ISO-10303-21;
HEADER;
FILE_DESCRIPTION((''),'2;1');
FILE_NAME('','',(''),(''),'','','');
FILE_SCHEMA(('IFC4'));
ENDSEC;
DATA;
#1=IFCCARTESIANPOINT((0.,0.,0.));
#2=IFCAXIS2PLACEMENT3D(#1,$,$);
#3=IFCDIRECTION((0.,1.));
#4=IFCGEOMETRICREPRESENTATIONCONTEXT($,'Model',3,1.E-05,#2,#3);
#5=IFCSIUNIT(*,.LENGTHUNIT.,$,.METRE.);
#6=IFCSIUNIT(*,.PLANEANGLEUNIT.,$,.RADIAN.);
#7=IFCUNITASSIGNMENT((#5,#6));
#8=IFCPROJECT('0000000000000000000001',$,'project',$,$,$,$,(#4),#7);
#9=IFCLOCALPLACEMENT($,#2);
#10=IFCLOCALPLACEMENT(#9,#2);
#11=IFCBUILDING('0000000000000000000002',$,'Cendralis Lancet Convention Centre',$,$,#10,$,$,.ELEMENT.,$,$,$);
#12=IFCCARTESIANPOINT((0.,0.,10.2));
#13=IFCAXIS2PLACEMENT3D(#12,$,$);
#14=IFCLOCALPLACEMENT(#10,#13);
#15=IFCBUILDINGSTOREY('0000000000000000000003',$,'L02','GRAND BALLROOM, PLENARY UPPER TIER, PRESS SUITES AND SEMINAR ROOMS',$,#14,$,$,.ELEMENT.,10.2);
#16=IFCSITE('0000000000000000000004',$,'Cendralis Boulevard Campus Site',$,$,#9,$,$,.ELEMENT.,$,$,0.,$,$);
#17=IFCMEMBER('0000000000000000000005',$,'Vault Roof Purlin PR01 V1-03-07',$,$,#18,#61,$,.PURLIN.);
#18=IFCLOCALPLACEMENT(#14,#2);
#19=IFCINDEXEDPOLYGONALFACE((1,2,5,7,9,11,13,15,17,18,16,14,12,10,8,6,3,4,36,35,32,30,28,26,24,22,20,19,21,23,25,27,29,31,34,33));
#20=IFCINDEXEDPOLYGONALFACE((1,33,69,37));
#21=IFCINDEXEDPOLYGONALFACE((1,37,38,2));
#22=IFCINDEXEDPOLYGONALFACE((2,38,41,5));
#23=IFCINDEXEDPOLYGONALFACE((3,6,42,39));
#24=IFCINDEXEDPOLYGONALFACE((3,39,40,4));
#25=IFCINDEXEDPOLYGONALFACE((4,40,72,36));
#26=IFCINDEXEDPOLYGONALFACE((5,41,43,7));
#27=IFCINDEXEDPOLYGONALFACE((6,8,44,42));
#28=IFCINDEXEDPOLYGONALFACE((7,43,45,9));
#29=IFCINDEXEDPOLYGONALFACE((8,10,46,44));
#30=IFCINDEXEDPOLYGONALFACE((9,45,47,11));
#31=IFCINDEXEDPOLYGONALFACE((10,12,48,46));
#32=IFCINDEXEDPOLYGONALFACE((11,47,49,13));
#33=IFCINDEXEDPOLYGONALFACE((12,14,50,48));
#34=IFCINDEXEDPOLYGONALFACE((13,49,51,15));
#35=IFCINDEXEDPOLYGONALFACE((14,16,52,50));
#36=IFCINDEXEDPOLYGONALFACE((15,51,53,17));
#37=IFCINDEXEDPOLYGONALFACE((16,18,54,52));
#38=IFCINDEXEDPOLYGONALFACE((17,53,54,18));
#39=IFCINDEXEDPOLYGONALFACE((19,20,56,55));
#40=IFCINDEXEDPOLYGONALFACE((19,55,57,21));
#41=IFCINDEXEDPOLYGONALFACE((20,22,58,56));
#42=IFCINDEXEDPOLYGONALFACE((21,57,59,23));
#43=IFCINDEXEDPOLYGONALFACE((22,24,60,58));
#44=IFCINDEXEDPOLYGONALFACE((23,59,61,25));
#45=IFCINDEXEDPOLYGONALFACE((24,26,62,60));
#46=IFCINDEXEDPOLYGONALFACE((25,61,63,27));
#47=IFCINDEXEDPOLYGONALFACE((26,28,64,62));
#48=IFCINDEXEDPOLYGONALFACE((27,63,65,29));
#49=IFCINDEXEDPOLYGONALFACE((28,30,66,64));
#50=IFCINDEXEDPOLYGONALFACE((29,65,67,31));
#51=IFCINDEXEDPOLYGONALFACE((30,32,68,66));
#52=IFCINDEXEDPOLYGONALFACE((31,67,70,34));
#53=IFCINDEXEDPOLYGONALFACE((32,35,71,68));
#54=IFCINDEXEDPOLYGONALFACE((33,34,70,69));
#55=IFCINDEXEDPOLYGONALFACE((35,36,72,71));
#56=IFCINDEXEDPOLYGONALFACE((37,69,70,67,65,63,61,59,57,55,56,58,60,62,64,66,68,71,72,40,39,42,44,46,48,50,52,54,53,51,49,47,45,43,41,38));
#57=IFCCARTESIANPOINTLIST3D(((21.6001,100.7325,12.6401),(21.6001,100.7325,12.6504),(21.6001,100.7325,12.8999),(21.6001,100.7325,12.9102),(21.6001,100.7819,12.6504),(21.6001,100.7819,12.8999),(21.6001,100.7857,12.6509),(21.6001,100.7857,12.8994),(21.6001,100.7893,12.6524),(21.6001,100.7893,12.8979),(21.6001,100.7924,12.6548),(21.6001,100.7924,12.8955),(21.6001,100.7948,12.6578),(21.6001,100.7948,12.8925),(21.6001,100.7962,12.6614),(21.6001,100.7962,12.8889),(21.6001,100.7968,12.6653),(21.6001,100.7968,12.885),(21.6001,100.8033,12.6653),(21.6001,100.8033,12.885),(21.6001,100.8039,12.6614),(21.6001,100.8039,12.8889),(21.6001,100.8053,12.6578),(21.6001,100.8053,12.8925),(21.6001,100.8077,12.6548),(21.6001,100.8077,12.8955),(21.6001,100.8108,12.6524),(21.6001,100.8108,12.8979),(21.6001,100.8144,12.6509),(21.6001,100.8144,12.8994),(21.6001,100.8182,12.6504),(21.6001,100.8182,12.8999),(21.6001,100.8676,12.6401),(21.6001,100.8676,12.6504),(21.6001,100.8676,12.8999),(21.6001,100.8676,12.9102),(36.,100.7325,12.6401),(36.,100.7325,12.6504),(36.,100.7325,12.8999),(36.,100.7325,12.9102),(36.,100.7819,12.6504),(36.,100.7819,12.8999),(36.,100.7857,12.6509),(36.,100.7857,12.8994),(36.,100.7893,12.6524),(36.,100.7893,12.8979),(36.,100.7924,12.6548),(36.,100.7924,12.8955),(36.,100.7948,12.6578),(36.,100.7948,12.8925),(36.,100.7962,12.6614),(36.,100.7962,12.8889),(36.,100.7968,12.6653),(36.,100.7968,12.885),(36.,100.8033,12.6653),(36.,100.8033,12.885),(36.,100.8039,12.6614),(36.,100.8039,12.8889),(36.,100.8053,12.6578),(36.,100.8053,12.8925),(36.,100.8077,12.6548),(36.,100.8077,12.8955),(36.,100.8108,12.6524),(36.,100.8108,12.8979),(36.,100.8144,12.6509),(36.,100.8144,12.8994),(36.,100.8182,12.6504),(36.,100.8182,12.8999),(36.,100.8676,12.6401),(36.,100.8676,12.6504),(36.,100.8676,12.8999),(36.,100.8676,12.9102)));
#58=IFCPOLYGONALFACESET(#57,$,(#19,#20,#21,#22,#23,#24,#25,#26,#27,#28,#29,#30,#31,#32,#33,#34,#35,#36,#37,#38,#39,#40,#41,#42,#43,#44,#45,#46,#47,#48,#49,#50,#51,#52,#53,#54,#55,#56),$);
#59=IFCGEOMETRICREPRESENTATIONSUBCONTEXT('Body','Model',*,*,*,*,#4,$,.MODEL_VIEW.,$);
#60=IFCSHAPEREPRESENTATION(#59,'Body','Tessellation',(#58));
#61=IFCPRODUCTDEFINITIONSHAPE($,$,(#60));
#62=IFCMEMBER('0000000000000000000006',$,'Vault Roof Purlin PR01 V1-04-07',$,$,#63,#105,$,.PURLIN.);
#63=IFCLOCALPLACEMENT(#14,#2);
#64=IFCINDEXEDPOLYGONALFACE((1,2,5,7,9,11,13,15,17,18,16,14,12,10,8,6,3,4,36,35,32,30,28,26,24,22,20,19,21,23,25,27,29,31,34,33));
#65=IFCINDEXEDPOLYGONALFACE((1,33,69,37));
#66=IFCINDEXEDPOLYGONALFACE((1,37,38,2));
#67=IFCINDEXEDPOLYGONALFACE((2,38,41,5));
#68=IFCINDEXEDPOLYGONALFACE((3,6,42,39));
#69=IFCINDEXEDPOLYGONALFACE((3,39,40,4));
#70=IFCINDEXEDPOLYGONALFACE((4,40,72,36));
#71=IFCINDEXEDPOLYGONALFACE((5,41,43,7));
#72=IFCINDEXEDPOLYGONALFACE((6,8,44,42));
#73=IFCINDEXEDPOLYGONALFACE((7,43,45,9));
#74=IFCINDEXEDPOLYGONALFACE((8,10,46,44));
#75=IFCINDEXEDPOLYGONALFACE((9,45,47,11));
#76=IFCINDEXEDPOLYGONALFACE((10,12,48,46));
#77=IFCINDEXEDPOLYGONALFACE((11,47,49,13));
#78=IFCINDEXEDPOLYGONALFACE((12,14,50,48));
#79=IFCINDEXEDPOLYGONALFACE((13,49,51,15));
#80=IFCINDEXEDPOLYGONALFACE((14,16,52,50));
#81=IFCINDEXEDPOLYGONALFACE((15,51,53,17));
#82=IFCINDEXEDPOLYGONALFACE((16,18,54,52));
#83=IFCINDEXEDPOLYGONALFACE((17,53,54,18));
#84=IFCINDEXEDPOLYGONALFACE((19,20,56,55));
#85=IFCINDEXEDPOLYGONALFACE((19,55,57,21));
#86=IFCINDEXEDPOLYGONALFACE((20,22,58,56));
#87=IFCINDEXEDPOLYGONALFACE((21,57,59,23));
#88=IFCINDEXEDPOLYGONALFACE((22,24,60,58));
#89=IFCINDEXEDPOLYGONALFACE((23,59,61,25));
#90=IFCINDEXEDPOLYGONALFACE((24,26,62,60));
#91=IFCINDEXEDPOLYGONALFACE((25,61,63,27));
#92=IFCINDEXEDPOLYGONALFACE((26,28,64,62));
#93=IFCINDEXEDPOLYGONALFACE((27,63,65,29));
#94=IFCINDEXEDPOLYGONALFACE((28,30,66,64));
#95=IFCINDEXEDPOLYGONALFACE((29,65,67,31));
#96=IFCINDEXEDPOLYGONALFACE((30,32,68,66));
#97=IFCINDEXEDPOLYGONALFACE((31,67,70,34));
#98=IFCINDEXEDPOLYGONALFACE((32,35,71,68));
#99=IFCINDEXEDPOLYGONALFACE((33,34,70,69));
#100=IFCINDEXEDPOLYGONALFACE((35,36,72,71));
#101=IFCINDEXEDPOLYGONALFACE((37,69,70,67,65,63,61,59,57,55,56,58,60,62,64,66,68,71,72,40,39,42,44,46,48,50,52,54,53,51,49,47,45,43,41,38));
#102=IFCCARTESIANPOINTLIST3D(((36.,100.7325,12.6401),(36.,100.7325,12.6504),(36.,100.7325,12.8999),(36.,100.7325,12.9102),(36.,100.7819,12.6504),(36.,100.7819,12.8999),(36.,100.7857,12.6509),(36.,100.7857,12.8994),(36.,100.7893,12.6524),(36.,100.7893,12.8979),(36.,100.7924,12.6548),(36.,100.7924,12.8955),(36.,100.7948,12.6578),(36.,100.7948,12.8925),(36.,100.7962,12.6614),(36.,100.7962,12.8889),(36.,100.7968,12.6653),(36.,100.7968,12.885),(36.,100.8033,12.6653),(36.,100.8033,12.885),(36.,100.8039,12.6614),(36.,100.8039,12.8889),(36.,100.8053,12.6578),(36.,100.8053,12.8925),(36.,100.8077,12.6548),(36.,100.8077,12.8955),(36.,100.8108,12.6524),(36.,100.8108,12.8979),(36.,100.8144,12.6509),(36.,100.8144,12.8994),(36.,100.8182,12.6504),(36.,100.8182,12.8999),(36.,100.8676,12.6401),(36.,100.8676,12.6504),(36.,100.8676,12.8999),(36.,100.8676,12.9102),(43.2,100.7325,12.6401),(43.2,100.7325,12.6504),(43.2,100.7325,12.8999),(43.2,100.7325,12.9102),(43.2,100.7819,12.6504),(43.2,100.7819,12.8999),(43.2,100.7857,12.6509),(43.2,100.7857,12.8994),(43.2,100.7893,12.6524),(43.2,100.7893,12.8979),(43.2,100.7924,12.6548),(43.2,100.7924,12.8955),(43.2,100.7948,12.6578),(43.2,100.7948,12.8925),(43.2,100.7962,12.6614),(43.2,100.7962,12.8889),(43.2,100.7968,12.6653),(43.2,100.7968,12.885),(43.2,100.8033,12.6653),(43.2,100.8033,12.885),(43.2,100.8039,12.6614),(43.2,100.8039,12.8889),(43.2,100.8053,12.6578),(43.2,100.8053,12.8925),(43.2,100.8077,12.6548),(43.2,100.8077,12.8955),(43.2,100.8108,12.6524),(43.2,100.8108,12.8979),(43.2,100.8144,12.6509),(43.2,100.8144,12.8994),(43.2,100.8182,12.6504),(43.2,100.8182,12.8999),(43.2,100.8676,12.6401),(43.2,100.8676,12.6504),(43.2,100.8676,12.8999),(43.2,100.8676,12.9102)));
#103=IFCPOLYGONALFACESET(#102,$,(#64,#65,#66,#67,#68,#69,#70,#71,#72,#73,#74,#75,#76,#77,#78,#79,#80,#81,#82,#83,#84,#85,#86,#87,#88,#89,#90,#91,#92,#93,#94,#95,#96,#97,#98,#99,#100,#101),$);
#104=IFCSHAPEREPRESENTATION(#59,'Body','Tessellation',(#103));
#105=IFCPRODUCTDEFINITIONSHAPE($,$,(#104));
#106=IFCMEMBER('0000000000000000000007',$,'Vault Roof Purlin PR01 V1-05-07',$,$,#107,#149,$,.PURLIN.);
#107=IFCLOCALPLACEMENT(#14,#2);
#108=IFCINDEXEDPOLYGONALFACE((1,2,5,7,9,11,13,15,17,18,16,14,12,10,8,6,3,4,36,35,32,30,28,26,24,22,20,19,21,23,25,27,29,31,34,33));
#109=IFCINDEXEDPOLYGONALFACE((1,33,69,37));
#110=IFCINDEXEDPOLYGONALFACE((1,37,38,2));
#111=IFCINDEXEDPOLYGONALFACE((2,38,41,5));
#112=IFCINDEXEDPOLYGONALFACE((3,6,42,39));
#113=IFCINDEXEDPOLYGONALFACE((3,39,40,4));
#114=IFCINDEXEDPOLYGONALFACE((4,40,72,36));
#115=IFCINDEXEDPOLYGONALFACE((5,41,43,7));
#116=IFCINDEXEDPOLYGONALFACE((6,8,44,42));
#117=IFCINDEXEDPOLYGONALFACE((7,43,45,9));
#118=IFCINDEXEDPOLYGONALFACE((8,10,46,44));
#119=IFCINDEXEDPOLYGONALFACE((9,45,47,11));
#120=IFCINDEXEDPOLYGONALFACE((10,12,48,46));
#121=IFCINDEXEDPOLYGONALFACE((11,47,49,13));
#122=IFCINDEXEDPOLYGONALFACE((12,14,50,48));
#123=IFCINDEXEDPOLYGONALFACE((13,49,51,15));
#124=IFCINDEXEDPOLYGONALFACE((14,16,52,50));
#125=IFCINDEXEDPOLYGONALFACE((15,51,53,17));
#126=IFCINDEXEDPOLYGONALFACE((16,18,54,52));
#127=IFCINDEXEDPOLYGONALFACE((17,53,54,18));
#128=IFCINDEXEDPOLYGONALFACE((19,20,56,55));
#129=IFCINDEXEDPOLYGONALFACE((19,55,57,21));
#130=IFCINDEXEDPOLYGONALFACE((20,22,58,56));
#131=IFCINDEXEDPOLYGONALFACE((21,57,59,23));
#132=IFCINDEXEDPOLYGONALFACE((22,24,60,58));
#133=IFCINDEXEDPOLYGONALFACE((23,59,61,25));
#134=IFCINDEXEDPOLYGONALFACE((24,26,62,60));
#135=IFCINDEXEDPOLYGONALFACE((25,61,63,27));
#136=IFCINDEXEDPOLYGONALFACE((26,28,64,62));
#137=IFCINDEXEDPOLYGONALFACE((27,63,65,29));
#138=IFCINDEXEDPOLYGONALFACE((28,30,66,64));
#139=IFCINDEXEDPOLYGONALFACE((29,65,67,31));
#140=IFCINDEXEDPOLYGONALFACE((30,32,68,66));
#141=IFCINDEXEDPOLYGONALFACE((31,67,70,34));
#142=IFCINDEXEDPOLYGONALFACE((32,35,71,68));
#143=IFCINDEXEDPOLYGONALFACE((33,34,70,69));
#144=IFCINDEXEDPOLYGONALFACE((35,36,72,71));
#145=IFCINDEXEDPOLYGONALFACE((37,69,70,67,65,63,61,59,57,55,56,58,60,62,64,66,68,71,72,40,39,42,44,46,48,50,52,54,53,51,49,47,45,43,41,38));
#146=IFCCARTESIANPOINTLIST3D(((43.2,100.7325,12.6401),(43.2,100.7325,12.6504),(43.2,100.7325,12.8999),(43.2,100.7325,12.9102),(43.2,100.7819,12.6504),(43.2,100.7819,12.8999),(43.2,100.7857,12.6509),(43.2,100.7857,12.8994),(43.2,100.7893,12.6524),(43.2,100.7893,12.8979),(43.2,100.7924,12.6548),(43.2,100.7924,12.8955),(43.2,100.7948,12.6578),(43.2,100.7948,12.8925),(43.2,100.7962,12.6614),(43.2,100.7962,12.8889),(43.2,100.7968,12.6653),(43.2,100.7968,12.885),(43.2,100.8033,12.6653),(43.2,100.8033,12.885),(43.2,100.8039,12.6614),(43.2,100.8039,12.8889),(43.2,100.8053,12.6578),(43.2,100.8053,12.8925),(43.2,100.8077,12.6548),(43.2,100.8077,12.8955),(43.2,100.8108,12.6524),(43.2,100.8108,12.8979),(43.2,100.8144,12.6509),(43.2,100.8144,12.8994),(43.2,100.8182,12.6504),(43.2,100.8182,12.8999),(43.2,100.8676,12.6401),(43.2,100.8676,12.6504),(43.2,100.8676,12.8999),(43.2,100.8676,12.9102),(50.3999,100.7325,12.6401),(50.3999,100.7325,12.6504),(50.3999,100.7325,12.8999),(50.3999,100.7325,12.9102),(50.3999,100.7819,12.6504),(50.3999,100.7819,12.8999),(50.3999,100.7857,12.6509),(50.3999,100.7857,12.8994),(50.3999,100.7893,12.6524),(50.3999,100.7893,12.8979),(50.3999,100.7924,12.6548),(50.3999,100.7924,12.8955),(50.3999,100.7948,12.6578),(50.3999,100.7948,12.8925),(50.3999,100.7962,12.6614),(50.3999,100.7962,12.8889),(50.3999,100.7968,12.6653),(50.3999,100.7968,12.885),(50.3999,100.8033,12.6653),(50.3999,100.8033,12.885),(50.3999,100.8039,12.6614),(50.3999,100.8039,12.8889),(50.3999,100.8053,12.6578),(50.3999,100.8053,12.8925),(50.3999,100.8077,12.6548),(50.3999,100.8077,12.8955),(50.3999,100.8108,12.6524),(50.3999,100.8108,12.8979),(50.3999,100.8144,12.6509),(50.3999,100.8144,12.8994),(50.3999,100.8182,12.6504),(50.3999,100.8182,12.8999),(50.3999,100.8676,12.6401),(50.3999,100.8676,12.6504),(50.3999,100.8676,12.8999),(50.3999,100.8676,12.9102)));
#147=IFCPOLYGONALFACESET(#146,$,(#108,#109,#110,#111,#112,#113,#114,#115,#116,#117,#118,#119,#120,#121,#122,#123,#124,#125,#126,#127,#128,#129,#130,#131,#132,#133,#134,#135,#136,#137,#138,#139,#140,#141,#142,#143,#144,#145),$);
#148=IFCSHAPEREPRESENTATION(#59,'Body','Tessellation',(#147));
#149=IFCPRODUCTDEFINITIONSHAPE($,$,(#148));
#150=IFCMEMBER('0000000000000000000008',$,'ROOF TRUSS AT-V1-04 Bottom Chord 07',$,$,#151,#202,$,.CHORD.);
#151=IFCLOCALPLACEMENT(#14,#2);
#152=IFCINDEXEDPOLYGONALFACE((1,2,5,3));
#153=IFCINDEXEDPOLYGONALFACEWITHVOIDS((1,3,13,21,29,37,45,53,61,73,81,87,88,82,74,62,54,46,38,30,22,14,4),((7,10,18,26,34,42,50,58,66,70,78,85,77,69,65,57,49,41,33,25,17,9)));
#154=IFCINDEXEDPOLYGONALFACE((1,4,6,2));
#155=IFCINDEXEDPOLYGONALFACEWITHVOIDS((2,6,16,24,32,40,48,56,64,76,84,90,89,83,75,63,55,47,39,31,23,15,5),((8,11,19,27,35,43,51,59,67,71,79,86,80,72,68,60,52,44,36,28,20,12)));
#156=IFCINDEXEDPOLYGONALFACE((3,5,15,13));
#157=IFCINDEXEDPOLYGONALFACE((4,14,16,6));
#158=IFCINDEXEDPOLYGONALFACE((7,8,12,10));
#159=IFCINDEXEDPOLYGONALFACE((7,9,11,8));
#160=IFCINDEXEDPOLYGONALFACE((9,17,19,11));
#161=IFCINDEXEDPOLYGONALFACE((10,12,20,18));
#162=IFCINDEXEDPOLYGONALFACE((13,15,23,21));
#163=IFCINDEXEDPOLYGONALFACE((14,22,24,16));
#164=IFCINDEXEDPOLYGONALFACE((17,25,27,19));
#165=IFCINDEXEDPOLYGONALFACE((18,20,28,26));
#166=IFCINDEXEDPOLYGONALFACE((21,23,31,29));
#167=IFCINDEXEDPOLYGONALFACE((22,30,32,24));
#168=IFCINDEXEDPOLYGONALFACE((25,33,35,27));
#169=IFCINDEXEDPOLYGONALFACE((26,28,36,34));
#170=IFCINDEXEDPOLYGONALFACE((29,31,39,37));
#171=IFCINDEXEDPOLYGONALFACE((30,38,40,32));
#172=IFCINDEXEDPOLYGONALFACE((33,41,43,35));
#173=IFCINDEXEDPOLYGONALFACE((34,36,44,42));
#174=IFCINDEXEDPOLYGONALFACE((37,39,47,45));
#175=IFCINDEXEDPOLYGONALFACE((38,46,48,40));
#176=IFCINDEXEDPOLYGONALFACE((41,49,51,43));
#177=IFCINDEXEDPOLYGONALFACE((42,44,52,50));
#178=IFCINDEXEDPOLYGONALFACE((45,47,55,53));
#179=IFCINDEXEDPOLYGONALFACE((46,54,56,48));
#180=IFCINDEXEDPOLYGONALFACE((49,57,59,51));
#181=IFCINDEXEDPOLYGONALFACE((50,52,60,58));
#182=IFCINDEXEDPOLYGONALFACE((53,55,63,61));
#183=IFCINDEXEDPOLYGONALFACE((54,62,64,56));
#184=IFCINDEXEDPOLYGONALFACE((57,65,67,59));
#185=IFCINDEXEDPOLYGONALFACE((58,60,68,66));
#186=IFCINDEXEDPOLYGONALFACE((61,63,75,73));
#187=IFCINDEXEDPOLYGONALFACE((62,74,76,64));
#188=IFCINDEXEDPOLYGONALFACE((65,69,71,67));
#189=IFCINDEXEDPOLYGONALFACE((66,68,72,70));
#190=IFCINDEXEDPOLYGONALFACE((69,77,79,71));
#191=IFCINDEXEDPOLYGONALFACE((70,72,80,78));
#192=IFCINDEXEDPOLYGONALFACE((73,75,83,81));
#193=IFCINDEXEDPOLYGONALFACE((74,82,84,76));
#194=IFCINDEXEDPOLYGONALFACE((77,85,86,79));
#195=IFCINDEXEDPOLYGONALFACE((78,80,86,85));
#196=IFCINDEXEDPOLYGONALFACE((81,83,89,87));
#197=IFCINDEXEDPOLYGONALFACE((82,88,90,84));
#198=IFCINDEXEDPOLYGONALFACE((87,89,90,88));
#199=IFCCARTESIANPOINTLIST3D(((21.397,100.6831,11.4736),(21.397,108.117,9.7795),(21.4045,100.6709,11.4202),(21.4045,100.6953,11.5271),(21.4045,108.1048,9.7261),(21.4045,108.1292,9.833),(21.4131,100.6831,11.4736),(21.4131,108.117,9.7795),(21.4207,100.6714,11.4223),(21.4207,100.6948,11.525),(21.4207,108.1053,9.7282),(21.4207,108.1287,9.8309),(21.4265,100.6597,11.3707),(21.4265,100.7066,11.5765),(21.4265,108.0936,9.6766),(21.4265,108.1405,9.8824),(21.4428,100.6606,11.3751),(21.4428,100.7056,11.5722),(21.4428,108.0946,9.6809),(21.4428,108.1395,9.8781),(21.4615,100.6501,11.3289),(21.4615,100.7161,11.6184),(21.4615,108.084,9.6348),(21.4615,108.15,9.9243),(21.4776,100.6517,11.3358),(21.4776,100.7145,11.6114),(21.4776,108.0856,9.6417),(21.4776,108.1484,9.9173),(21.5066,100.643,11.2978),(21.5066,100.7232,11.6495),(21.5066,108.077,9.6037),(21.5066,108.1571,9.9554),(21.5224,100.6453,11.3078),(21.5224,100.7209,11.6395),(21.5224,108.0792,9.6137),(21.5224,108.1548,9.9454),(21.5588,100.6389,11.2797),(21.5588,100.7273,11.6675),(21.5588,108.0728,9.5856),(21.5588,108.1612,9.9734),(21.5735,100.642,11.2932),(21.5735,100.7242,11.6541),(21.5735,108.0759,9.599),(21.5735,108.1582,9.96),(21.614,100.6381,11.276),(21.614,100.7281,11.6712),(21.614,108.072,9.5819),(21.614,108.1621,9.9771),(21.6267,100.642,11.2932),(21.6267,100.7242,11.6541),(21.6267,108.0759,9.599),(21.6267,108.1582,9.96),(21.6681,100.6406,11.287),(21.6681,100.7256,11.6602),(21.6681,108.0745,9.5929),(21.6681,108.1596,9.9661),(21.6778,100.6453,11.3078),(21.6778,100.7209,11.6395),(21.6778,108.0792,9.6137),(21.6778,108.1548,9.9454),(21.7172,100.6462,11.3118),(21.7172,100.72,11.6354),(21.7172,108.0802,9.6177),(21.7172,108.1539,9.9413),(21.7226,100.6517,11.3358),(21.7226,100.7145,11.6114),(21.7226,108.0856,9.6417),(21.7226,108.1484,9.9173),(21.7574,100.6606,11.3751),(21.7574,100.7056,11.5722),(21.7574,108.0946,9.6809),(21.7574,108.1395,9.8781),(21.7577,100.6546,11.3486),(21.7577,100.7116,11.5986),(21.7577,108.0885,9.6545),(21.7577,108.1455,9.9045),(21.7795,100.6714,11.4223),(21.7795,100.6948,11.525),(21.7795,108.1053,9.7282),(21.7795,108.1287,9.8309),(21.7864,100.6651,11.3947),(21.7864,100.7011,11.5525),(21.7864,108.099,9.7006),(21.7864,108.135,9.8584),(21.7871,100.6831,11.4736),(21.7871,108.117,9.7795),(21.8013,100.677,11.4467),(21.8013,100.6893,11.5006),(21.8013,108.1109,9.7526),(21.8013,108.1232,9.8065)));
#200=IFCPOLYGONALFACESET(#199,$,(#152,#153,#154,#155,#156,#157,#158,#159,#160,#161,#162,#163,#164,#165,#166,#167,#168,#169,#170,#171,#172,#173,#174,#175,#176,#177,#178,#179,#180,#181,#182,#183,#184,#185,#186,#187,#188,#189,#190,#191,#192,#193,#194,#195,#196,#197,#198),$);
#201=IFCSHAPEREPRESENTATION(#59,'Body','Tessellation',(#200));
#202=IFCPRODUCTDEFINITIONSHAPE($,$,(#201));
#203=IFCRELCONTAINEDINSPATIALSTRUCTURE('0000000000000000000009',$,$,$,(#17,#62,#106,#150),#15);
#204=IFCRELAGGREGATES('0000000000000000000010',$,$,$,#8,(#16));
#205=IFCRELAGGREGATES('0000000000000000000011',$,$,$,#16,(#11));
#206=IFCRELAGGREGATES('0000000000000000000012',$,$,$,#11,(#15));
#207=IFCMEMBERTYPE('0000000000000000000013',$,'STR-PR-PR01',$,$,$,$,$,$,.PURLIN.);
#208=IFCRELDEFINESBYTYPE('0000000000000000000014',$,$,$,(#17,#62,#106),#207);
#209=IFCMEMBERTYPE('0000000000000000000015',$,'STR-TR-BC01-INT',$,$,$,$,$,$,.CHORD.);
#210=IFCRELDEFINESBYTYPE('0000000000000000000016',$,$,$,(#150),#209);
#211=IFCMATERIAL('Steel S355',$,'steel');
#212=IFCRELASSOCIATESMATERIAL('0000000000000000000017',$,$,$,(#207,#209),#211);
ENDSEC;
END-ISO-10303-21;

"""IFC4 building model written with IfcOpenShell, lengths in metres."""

from ifc_helpers import new_model, si_unit, direction, frame, origin, origin_2d, place, context, subcontext, project, spatial, hollow_circle, i_section, extrude, material, material_profile, profile_set, type_object, element, save


model = new_model("IFC4")

# Units and contexts
model_context = context("Model", 3, precision=1e-05, world=origin(), true_north=direction((0.0, 1.0)))
body_context = subcontext(model_context, "Body", "Model", "MODEL_VIEW")
ifc_project = project(units=[si_unit("LENGTHUNIT", "METRE"), si_unit("PLANEANGLEUNIT", "RADIAN")], contexts=[model_context])

# Site, building, storey
site_placement = place(None, origin())
site = spatial("IfcSite", under=ifc_project, at=site_placement, Name="Cendralis Boulevard Campus Site", CompositionType="ELEMENT", RefElevation=0.0)
building_placement = place(site_placement, origin())
building = spatial("IfcBuilding", under=site, at=building_placement, Name="Cendralis Lancet Convention Centre", CompositionType="ELEMENT")
storey_placement = place(building_placement, frame((0.0, 0.0, 10.2)))
storey = spatial("IfcBuildingStorey", under=building, at=storey_placement, Name="L02", Description="GRAND BALLROOM, PLENARY UPPER TIER, PRESS SUITES AND SEMINAR ROOMS", CompositionType="ELEMENT", Elevation=10.2)

# Members
ifc_material = material(Name="Steel S355", Category="steel")
ifc_material_profile_1 = material_profile(ifc_material, i_section(OverallWidth=0.135, OverallDepth=0.27, WebThickness=0.0066, FlangeThickness=0.0103, FilletRadius=0.0149, at=origin_2d()), Name="IPE 270")
ifc_profile_set_1 = profile_set([ifc_material_profile_1], Name="Steel S355")
member_type_1 = type_object("IfcMemberType", Name="STR-PR-PR01", PredefinedType="PURLIN", material=ifc_profile_set_1)
member_1_placement = place(storey_placement, frame((21.6001, 100.8, 12.7751), z_axis=(1.0, 0.0, 0.0), x_axis=(0.0, 1.0, 0.0)))
element("IfcMember", 1, at=member_1_placement, inside=storey, type_object=member_type_1, Name="Vault Roof Purlin PR01 V1-03-07", PredefinedType="PURLIN", context=body_context, shape_type="SweptSolid", body=[
    extrude(i_section(OverallWidth=0.135, OverallDepth=0.27, WebThickness=0.0066, FlangeThickness=0.0103, FilletRadius=0.0149, at=origin_2d()), origin(), (0.0, 0.0, 1.0), 14.3999),
])
for number, where, z_axis, x_axis, name in (
    (2, (36.0, 100.8, 12.7751), (1.0, 0.0, 0.0), (0.0, 1.0, 0.0), "Vault Roof Purlin PR01 V1-04-07"),
    (3, (43.2, 100.8, 12.7751), (1.0, 0.0, 0.0), (0.0, 1.0, 0.0), "Vault Roof Purlin PR01 V1-05-07"),
):
    element("IfcMember", number, at=place(storey_placement, frame(where, z_axis=z_axis, x_axis=x_axis)), inside=storey, type_object=member_type_1, Name=name, PredefinedType="PURLIN", context=body_context, shape_type="SweptSolid", body=[
        extrude(i_section(OverallWidth=0.135, OverallDepth=0.27, WebThickness=0.0066, FlangeThickness=0.0103, FilletRadius=0.0149, at=origin_2d()), origin(), (0.0, 0.0, 1.0), 7.2),
    ])
ifc_material_profile_2 = material_profile(ifc_material, hollow_circle(Radius=0.2031, WallThickness=0.0161, at=origin_2d()), Name="CHS 406.4x16.0")
ifc_profile_set_2 = profile_set([ifc_material_profile_2], Name="Steel S355")
member_type_2 = type_object("IfcMemberType", Name="STR-TR-BC01-INT", PredefinedType="CHORD", material=ifc_profile_set_2)
member_2_placement = place(storey_placement, frame((21.6001, 100.6831, 11.4736), z_axis=(0.0, 0.975003, -0.222193), x_axis=(-1.0, 0.0, 0.0)))
element("IfcMember", 4, at=member_2_placement, inside=storey, type_object=member_type_2, Name="ROOF TRUSS AT-V1-04 Bottom Chord 07", PredefinedType="CHORD", context=body_context, shape_type="SweptSolid", body=[
    extrude(hollow_circle(Radius=0.2031, WallThickness=0.0161, at=origin_2d()), origin(), (0.0, 0.0, 1.0), 7.6245),
])

save(model, "model.ifc")
